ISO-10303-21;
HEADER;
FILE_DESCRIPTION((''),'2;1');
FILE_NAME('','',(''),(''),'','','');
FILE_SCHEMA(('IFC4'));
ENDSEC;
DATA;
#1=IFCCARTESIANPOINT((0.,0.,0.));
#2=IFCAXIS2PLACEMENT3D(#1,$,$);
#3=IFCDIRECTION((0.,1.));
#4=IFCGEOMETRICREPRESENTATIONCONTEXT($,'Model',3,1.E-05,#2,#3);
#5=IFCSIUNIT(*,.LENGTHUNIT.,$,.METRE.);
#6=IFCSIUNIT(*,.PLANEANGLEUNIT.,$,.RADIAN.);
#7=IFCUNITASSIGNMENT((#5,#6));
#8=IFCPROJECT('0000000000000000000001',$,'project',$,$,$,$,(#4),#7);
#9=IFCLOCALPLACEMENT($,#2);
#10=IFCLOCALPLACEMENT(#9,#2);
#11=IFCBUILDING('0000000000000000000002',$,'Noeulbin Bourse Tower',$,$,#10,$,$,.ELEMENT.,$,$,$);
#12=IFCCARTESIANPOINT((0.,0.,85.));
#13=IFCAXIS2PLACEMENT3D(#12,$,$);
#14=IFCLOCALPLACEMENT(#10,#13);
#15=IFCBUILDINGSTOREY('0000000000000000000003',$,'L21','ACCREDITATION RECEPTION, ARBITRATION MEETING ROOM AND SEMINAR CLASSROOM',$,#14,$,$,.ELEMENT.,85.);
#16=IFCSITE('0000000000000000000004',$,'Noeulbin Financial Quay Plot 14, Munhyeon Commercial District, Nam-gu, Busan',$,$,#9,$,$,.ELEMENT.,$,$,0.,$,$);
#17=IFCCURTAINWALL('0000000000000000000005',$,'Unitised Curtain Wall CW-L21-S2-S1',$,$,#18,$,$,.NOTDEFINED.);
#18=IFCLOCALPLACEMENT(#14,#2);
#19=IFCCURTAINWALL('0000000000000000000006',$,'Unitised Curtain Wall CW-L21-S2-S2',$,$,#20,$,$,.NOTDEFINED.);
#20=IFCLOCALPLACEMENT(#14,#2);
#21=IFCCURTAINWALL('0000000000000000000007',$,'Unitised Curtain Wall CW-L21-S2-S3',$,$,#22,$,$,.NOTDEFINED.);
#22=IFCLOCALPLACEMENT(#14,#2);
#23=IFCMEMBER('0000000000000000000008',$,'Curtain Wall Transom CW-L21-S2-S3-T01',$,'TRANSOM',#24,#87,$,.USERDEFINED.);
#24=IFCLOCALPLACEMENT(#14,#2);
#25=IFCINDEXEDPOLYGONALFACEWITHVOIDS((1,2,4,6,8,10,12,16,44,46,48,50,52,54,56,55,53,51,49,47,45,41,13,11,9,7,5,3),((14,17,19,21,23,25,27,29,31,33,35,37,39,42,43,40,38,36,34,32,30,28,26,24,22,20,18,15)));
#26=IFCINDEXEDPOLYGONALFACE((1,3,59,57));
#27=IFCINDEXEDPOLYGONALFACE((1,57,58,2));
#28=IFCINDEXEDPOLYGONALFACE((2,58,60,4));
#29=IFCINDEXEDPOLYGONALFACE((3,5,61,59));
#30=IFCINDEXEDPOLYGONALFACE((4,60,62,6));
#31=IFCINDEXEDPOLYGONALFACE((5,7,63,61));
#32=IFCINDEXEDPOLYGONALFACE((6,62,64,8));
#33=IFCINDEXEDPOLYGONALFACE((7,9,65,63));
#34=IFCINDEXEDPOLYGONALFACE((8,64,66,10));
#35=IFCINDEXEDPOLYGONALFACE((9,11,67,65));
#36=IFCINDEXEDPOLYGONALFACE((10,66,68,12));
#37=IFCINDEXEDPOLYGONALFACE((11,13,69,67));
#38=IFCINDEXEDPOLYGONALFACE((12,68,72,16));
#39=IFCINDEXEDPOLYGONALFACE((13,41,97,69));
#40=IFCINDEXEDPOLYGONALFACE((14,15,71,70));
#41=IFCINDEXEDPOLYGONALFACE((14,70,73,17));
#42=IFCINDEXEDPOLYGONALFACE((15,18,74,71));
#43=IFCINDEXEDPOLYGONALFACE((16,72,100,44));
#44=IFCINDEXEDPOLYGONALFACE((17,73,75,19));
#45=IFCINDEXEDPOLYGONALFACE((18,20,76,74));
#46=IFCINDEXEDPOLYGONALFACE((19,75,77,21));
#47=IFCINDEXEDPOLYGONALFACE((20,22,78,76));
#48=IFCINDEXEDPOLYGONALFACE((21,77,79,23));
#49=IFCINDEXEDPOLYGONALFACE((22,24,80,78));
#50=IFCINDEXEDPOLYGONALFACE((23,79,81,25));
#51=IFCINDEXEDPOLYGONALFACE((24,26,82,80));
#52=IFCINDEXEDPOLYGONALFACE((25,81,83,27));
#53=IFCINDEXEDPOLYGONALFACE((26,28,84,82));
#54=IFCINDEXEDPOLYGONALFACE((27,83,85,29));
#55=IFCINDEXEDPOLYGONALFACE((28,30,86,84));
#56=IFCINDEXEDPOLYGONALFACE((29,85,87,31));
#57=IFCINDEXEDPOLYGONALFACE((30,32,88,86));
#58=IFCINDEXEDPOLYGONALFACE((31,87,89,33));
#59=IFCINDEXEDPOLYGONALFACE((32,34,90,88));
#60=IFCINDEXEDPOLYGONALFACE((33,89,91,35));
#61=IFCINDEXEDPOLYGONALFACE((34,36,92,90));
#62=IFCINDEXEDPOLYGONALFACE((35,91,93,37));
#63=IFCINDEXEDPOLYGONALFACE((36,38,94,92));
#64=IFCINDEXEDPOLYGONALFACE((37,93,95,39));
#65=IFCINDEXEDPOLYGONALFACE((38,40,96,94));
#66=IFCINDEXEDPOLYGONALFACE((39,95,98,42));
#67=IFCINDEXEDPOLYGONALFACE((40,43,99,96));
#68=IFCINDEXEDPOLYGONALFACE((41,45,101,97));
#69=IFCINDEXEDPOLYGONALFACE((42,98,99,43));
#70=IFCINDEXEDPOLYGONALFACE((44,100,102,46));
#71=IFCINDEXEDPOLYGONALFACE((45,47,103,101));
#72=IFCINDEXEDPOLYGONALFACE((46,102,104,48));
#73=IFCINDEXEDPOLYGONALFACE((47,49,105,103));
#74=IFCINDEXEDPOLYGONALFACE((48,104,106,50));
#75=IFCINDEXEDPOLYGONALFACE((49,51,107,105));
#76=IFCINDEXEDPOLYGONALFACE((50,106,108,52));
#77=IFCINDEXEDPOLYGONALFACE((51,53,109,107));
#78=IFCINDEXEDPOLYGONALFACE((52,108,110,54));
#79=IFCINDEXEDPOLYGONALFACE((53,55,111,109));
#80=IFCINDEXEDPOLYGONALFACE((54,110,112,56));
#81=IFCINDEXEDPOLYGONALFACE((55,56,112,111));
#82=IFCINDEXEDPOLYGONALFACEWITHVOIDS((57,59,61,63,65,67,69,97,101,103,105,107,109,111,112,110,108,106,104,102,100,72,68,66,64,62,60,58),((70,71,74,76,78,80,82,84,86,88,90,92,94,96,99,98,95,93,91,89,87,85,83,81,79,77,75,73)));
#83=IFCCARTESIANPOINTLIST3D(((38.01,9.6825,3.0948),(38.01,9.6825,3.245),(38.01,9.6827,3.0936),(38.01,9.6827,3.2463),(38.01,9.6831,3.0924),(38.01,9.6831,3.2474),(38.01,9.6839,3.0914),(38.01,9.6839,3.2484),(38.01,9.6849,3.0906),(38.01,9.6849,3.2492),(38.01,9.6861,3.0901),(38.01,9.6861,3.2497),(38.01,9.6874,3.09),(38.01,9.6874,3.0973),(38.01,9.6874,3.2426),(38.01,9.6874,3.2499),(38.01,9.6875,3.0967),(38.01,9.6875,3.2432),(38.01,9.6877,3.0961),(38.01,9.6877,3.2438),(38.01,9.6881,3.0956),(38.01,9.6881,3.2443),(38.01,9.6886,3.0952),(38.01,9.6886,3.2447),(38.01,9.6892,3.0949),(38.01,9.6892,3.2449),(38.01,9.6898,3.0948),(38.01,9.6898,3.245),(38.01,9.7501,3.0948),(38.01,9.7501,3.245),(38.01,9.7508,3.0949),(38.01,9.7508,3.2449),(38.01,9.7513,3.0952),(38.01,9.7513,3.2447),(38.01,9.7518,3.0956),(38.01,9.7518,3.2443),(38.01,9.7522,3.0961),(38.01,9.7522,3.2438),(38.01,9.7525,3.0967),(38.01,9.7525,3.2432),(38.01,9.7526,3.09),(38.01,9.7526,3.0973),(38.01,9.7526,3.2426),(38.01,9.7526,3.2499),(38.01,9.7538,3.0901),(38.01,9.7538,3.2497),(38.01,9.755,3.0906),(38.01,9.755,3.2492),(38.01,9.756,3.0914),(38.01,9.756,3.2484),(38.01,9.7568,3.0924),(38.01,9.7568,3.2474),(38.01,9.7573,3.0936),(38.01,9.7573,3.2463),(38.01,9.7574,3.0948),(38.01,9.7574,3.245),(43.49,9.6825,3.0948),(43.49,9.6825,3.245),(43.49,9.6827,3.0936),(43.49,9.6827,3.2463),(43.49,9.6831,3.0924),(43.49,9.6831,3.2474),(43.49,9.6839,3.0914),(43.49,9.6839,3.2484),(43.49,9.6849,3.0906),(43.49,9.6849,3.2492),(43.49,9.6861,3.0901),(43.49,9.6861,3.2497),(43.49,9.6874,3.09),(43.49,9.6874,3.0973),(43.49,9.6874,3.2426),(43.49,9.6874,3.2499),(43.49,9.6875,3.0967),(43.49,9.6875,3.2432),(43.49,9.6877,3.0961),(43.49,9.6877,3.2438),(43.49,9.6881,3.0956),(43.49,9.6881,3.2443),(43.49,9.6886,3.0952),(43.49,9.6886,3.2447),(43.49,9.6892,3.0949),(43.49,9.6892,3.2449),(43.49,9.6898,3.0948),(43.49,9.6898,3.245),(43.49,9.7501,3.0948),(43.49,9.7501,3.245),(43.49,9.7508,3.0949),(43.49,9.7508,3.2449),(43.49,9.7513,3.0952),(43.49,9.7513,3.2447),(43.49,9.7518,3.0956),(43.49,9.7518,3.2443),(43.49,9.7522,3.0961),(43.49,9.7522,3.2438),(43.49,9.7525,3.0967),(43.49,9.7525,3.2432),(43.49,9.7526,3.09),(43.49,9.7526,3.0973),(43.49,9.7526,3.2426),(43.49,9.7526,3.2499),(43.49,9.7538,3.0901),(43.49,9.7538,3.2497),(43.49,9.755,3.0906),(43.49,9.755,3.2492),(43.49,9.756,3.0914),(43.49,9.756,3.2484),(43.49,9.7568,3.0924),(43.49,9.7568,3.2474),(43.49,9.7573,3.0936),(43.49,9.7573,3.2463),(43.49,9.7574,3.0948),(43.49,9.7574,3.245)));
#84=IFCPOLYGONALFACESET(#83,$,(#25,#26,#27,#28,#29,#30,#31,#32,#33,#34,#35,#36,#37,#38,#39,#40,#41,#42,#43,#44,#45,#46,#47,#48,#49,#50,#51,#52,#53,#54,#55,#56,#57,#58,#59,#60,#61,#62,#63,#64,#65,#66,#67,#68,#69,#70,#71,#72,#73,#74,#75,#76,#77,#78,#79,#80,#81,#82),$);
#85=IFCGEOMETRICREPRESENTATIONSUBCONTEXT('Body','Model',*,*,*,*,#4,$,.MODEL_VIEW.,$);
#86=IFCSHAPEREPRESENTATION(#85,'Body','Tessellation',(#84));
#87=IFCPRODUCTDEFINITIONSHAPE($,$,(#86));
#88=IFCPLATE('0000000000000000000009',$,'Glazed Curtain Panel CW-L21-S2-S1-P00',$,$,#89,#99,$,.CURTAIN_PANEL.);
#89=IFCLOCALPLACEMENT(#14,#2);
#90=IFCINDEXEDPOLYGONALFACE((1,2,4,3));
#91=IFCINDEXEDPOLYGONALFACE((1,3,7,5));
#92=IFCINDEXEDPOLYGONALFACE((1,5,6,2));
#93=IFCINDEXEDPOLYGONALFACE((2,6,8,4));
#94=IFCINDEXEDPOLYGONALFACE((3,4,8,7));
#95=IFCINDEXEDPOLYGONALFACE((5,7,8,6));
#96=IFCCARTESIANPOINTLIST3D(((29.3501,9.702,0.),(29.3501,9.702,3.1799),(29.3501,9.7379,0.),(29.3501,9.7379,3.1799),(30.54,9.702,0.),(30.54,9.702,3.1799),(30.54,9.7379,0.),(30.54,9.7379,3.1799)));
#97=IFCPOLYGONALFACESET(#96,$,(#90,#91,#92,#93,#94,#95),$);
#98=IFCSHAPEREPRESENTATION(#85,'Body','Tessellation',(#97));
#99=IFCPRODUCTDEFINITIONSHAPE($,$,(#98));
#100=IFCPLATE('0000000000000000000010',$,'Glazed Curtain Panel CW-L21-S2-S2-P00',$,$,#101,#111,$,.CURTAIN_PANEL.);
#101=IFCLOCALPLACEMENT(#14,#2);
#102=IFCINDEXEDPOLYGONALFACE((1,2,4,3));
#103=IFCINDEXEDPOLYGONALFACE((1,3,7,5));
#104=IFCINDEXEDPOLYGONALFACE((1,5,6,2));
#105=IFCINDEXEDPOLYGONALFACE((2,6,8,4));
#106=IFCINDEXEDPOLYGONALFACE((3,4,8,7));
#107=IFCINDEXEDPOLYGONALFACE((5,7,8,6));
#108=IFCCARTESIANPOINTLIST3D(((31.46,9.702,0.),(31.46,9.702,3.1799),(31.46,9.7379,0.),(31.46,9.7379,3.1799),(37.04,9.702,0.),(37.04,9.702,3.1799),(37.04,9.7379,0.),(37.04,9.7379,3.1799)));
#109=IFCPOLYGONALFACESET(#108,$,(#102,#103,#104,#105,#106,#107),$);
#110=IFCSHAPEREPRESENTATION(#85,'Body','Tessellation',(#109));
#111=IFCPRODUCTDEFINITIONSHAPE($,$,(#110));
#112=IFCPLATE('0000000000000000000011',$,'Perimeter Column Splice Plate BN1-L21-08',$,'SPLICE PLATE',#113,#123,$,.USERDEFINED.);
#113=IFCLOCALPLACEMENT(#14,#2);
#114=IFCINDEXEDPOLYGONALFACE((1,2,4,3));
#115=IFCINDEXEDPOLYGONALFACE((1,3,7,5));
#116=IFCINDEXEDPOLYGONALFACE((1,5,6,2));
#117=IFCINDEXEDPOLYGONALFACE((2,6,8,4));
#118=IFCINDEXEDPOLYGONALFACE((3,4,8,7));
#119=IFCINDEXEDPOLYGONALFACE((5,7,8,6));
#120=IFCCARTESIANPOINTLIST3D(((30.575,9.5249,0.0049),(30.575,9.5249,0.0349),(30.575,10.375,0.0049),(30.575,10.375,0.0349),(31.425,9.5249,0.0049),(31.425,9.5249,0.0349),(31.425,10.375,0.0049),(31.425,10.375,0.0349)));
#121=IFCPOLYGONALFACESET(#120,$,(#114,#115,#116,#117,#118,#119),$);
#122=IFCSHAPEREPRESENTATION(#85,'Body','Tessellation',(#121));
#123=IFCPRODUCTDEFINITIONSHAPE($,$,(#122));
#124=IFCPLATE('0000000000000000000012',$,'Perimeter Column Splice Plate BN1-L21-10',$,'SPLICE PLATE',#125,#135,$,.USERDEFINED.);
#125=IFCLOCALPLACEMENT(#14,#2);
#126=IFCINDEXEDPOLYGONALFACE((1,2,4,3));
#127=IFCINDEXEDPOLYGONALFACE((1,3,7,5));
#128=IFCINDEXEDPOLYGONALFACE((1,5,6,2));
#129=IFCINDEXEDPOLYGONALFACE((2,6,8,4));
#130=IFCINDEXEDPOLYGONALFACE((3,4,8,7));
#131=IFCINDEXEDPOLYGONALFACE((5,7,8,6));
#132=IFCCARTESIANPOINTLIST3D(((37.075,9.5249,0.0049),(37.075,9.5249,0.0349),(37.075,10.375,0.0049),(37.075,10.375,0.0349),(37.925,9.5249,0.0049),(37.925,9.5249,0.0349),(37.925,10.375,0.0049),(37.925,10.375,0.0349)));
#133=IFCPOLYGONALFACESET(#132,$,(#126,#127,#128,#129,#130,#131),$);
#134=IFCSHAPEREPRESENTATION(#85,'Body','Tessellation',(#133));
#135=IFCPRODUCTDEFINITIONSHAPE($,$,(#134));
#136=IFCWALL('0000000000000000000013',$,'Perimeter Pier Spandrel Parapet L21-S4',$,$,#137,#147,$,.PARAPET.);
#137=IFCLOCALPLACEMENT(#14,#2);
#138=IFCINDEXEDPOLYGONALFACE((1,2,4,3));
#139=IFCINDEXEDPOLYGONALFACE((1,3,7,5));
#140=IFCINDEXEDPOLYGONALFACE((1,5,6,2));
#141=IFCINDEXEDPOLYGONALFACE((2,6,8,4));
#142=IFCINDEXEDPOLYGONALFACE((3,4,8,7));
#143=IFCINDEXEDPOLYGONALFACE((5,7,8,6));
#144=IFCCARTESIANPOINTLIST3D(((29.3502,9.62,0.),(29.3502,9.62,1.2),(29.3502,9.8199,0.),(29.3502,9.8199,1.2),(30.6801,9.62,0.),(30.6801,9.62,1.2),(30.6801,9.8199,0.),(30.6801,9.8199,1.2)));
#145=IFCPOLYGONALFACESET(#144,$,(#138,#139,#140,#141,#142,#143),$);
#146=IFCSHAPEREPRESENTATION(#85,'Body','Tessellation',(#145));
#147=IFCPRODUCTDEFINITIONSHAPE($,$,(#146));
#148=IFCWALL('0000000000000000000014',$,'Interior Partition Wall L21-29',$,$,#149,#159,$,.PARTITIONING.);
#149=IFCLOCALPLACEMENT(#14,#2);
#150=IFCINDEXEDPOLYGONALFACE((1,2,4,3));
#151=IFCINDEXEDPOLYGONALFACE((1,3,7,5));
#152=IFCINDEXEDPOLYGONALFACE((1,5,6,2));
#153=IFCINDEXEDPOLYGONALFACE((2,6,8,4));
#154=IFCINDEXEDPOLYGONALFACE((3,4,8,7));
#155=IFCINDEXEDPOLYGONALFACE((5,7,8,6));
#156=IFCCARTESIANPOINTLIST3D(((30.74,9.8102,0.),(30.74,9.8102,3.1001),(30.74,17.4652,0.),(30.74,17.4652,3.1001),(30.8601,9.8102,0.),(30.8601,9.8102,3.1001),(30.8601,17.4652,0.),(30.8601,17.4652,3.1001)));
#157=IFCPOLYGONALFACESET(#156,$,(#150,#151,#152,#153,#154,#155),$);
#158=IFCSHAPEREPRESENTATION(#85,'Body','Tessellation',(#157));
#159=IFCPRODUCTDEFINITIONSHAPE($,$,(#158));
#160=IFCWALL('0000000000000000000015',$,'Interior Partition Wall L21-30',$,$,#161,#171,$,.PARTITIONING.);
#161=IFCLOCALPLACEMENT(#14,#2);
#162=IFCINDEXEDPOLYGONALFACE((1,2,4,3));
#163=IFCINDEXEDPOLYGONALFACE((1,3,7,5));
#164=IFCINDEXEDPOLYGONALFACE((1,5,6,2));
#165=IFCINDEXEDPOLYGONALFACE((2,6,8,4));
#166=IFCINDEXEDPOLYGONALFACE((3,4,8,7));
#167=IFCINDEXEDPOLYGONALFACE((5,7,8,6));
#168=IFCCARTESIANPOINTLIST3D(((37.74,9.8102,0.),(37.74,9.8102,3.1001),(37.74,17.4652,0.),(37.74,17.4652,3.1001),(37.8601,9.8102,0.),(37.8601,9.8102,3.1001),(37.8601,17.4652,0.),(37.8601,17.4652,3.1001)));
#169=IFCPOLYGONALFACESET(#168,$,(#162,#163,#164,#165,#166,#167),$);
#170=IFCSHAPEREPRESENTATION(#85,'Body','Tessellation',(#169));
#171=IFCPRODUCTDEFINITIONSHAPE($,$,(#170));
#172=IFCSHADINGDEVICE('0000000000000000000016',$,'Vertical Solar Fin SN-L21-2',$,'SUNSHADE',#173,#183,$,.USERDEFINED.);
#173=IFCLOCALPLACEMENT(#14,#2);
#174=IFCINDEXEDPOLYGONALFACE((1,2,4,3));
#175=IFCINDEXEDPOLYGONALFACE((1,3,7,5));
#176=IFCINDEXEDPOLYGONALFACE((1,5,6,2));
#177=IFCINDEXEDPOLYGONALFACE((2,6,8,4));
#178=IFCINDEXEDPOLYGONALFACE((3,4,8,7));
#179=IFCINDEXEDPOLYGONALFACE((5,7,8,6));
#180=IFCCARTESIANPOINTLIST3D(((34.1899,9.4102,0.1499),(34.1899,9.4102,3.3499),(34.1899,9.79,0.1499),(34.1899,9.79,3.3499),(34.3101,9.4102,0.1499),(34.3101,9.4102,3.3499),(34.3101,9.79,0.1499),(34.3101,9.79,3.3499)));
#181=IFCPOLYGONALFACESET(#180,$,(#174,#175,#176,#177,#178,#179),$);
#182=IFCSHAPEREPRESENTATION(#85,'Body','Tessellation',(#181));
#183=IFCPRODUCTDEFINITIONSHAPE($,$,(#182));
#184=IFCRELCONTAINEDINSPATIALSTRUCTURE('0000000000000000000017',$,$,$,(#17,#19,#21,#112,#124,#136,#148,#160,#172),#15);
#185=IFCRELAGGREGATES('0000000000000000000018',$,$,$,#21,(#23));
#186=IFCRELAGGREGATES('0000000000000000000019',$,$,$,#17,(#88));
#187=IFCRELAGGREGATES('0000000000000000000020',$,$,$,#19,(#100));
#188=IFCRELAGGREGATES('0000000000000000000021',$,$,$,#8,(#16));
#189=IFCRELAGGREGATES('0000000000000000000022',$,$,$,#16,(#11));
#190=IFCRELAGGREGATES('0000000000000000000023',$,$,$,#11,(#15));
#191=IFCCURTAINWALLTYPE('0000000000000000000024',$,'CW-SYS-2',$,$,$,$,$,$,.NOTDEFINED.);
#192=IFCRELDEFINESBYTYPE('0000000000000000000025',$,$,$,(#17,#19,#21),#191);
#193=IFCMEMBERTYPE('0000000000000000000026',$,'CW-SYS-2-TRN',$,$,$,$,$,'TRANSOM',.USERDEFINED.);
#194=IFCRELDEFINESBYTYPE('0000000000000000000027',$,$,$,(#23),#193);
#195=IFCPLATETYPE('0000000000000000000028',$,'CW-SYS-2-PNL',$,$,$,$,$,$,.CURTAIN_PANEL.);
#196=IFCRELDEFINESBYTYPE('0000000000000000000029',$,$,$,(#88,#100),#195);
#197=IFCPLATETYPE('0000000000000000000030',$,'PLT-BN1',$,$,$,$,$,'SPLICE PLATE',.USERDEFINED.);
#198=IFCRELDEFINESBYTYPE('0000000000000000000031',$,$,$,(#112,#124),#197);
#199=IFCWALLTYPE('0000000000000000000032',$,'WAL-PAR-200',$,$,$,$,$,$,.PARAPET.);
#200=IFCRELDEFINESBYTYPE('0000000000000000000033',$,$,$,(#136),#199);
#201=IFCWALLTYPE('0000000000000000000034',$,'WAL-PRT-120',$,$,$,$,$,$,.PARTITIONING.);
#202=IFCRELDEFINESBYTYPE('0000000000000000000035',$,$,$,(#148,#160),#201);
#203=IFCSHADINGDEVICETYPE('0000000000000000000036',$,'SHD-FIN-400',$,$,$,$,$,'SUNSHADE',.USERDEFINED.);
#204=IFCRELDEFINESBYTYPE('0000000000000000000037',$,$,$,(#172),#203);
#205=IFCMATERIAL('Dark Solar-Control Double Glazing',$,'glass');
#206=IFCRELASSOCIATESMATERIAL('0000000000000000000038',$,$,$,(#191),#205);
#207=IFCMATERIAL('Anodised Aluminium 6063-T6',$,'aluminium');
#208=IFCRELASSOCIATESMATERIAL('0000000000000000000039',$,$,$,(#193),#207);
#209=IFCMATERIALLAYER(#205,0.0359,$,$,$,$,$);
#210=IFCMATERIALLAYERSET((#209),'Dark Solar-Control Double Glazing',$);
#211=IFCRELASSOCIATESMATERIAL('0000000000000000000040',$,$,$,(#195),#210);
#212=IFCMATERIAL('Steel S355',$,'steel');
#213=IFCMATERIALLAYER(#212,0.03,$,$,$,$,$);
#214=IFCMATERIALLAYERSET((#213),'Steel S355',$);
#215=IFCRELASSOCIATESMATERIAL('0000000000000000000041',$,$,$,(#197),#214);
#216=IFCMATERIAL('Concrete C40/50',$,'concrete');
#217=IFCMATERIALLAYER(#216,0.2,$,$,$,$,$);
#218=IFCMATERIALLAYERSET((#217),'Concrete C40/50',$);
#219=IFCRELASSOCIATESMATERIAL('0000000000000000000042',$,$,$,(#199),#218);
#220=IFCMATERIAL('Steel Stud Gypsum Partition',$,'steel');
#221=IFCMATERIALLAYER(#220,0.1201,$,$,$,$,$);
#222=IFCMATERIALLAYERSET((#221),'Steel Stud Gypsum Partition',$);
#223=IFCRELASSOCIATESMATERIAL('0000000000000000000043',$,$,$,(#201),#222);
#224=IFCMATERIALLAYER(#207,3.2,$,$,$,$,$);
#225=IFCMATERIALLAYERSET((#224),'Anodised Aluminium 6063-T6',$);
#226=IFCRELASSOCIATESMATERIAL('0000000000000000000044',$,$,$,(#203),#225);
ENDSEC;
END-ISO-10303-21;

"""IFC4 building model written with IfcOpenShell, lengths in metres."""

from ifc_helpers import new_model, si_unit, direction, frame, frame_2d, origin, origin_2d, place, context, subcontext, project, spatial, rectangle, hollow_rectangle, extrude, material, layer, layer_set, material_profile, profile_set, type_object, element, aggregate, save


model = new_model("IFC4")

# Units and contexts
model_context = context("Model", 3, precision=1e-05, world=origin(), true_north=direction((0.0, 1.0)))
body_context = subcontext(model_context, "Body", "Model", "MODEL_VIEW")
ifc_project = project(units=[si_unit("LENGTHUNIT", "METRE"), si_unit("PLANEANGLEUNIT", "RADIAN")], contexts=[model_context])

# Site, building, storey
site_placement = place(None, origin())
site = spatial("IfcSite", under=ifc_project, at=site_placement, Name="Noeulbin Financial Quay Plot 14, Munhyeon Commercial District, Nam-gu, Busan", CompositionType="ELEMENT", RefElevation=0.0)
building_placement = place(site_placement, origin())
building = spatial("IfcBuilding", under=site, at=building_placement, Name="Noeulbin Bourse Tower", CompositionType="ELEMENT")
storey_placement = place(building_placement, frame((0.0, 0.0, 85.0)))
storey = spatial("IfcBuildingStorey", under=building, at=storey_placement, Name="L21", Description="ACCREDITATION RECEPTION, ARBITRATION MEETING ROOM AND SEMINAR CLASSROOM", CompositionType="ELEMENT", Elevation=85.0)

# Shared definitions
ifc_material_1 = material(Name="Steel S355", Category="steel")

# Curtain walls
ifc_material_2 = material(Name="Dark Solar-Control Double Glazing", Category="glass")
curtain_wall_type = type_object("IfcCurtainWallType", Name="CW-SYS-2", PredefinedType="NOTDEFINED", material=ifc_material_2)
curtain_wall_1_placement = place(storey_placement, origin())
curtain_wall_1 = element("IfcCurtainWall", 1, at=curtain_wall_1_placement, inside=storey, type_object=curtain_wall_type, Name="Unitised Curtain Wall CW-L21-S2-S1", PredefinedType="NOTDEFINED")
ifc_material_3 = material(Name="Anodised Aluminium 6063-T6", Category="aluminium")
curtain_wall_2_placement = place(storey_placement, origin())
curtain_wall_2 = element("IfcCurtainWall", 2, at=curtain_wall_2_placement, inside=storey, type_object=curtain_wall_type, Name="Unitised Curtain Wall CW-L21-S2-S2", PredefinedType="NOTDEFINED")

# Curtain wall
curtain_wall_3_placement = place(storey_placement, origin())
curtain_wall_3 = element("IfcCurtainWall", 3, at=curtain_wall_3_placement, inside=storey, type_object=curtain_wall_type, Name="Unitised Curtain Wall CW-L21-S2-S3", PredefinedType="NOTDEFINED")

# Member
ifc_material_profile_1 = material_profile(ifc_material_3, hollow_rectangle(XDim=0.075, YDim=0.1599, WallThickness=0.0049, InnerFilletRadius=0.0024, OuterFilletRadius=0.0049, at=origin_2d()), Name="ALU-TRAN-75x160x5", Category="LoadBearing")
ifc_profile_set_1 = profile_set([ifc_material_profile_1], Name="Anodised Aluminium 6063-T6")
member_type_1 = type_object("IfcMemberType", Name="CW-SYS-2-TRN", ElementType="TRANSOM", PredefinedType="USERDEFINED", material=ifc_profile_set_1)
member_1_placement = place(storey_placement, frame((38.01, 9.72, 3.1699), z_axis=(1.0, 0.0, 0.0), x_axis=(0.0, 1.0, 0.0)))
member_1 = element("IfcMember", 4, at=member_1_placement, type_object=member_type_1, Name="Curtain Wall Transom CW-L21-S2-S3-T01", ObjectType="TRANSOM", PredefinedType="USERDEFINED", context=body_context, shape_type="SweptSolid", body=[
    extrude(hollow_rectangle(XDim=0.075, YDim=0.1599, WallThickness=0.0049, InnerFilletRadius=0.0024, OuterFilletRadius=0.0049, at=origin_2d()), origin(), (0.0, 0.0, 1.0), 5.48),
])
aggregate(curtain_wall_3, [member_1])

# Plates
ifc_layer_1 = layer(ifc_material_2, 0.0359)
ifc_layer_set_1 = layer_set([ifc_layer_1], Name="Dark Solar-Control Double Glazing")
plate_type_1 = type_object("IfcPlateType", Name="CW-SYS-2-PNL", PredefinedType="CURTAIN_PANEL", material=ifc_layer_set_1)
plate_1_placement = place(storey_placement, frame((29.9451, 9.72, 0.0), z_axis=(0.0, 0.0, 1.0), x_axis=(1.0, 0.0, 0.0)))
plate_1 = element("IfcPlate", 5, at=plate_1_placement, type_object=plate_type_1, Name="Glazed Curtain Panel CW-L21-S2-S1-P00", PredefinedType="CURTAIN_PANEL", context=body_context, shape_type="SweptSolid", body=[
    extrude(rectangle(XDim=1.1899, YDim=0.0359, at=origin_2d()), origin(), (0.0, 0.0, 1.0), 3.1799),
])
aggregate(curtain_wall_1, [plate_1])
plate_2_placement = place(storey_placement, frame((34.25, 9.72, 0.0), z_axis=(0.0, 0.0, 1.0), x_axis=(1.0, 0.0, 0.0)))
plate_2 = element("IfcPlate", 6, at=plate_2_placement, type_object=plate_type_1, Name="Glazed Curtain Panel CW-L21-S2-S2-P00", PredefinedType="CURTAIN_PANEL", context=body_context, shape_type="SweptSolid", body=[
    extrude(rectangle(XDim=5.5801, YDim=0.0359, at=origin_2d()), origin(), (0.0, 0.0, 1.0), 3.1799),
])
aggregate(curtain_wall_2, [plate_2])

# Plates
ifc_layer_2 = layer(ifc_material_1, 0.03)
ifc_layer_set_2 = layer_set([ifc_layer_2], Name="Steel S355")
plate_type_2 = type_object("IfcPlateType", Name="PLT-BN1", ElementType="SPLICE PLATE", PredefinedType="USERDEFINED", material=ifc_layer_set_2)
for number, where, z_axis, x_axis, name in (
    (7, (31.0, 9.95, 0.0049), (0.0, 0.0, 1.0), (1.0, 0.0, 0.0), "Perimeter Column Splice Plate BN1-L21-08"),
    (8, (37.5, 9.95, 0.0049), (0.0, 0.0, 1.0), (1.0, 0.0, 0.0), "Perimeter Column Splice Plate BN1-L21-10"),
):
    element("IfcPlate", number, at=place(storey_placement, frame(where, z_axis=z_axis, x_axis=x_axis)), inside=storey, type_object=plate_type_2, Name=name, ObjectType="SPLICE PLATE", PredefinedType="USERDEFINED", context=body_context, shape_type="SweptSolid", body=[
        extrude(rectangle(XDim=0.8501, YDim=0.8501, at=origin_2d()), origin(), (0.0, 0.0, 1.0), 0.03),
    ])

# Walls
ifc_material_4 = material(Name="Concrete C40/50", Category="concrete")
ifc_layer_3 = layer(ifc_material_4, 0.2)
ifc_layer_set_3 = layer_set([ifc_layer_3], Name="Concrete C40/50")
wall_type_1 = type_object("IfcWallType", Name="WAL-PAR-200", PredefinedType="PARAPET", material=ifc_layer_set_3)
wall_placement = place(storey_placement, frame((29.3501, 9.72, 0.0), z_axis=(0.0, 0.0, 1.0), x_axis=(1.0, 0.0, 0.0)))
element("IfcWall", 9, at=wall_placement, inside=storey, type_object=wall_type_1, Name="Perimeter Pier Spandrel Parapet L21-S4", PredefinedType="PARAPET", context=body_context, shape_type="SweptSolid", body=[
    extrude(rectangle(XDim=1.3298, YDim=0.2, at=frame_2d((0.665, 0.0))), origin(), (0.0, 0.0, 1.0), 1.2),
])
ifc_material_5 = material(Name="Steel Stud Gypsum Partition", Category="steel")
ifc_layer_4 = layer(ifc_material_5, 0.1201)
ifc_layer_set_4 = layer_set([ifc_layer_4], Name="Steel Stud Gypsum Partition")
wall_type_2 = type_object("IfcWallType", Name="WAL-PRT-120", PredefinedType="PARTITIONING", material=ifc_layer_set_4)
for number, where, z_axis, x_axis, name in (
    (10, (30.8, 9.8101, 0.0), (0.0, 0.0, 1.0), (0.0, 1.0, 0.0), "Interior Partition Wall L21-29"),
    (11, (37.8, 9.8101, 0.0), (0.0, 0.0, 1.0), (0.0, 1.0, 0.0), "Interior Partition Wall L21-30"),
):
    element("IfcWall", number, at=place(storey_placement, frame(where, z_axis=z_axis, x_axis=x_axis)), inside=storey, type_object=wall_type_2, Name=name, PredefinedType="PARTITIONING", context=body_context, shape_type="SweptSolid", body=[
        extrude(rectangle(XDim=7.655, YDim=0.1201, at=frame_2d((3.8276, 0.0))), origin(), (0.0, 0.0, 1.0), 3.1001),
    ])

# Shading device
ifc_layer_5 = layer(ifc_material_3, 3.2)
ifc_layer_set_5 = layer_set([ifc_layer_5], Name="Anodised Aluminium 6063-T6")
shading_device_type = type_object("IfcShadingDeviceType", Name="SHD-FIN-400", ElementType="SUNSHADE", PredefinedType="USERDEFINED", material=ifc_layer_set_5)
shading_device_placement = place(storey_placement, frame((34.25, 9.6001, 0.1499), z_axis=(0.0, 0.0, 1.0), x_axis=(1.0, 0.0, 0.0)))
element("IfcShadingDevice", 12, at=shading_device_placement, inside=storey, type_object=shading_device_type, Name="Vertical Solar Fin SN-L21-2", ObjectType="SUNSHADE", PredefinedType="USERDEFINED", context=body_context, shape_type="SweptSolid", body=[
    extrude(rectangle(XDim=0.1201, YDim=0.3799, at=origin_2d()), origin(), (0.0, 0.0, 1.0), 3.2),
])

save(model, "model.ifc")
